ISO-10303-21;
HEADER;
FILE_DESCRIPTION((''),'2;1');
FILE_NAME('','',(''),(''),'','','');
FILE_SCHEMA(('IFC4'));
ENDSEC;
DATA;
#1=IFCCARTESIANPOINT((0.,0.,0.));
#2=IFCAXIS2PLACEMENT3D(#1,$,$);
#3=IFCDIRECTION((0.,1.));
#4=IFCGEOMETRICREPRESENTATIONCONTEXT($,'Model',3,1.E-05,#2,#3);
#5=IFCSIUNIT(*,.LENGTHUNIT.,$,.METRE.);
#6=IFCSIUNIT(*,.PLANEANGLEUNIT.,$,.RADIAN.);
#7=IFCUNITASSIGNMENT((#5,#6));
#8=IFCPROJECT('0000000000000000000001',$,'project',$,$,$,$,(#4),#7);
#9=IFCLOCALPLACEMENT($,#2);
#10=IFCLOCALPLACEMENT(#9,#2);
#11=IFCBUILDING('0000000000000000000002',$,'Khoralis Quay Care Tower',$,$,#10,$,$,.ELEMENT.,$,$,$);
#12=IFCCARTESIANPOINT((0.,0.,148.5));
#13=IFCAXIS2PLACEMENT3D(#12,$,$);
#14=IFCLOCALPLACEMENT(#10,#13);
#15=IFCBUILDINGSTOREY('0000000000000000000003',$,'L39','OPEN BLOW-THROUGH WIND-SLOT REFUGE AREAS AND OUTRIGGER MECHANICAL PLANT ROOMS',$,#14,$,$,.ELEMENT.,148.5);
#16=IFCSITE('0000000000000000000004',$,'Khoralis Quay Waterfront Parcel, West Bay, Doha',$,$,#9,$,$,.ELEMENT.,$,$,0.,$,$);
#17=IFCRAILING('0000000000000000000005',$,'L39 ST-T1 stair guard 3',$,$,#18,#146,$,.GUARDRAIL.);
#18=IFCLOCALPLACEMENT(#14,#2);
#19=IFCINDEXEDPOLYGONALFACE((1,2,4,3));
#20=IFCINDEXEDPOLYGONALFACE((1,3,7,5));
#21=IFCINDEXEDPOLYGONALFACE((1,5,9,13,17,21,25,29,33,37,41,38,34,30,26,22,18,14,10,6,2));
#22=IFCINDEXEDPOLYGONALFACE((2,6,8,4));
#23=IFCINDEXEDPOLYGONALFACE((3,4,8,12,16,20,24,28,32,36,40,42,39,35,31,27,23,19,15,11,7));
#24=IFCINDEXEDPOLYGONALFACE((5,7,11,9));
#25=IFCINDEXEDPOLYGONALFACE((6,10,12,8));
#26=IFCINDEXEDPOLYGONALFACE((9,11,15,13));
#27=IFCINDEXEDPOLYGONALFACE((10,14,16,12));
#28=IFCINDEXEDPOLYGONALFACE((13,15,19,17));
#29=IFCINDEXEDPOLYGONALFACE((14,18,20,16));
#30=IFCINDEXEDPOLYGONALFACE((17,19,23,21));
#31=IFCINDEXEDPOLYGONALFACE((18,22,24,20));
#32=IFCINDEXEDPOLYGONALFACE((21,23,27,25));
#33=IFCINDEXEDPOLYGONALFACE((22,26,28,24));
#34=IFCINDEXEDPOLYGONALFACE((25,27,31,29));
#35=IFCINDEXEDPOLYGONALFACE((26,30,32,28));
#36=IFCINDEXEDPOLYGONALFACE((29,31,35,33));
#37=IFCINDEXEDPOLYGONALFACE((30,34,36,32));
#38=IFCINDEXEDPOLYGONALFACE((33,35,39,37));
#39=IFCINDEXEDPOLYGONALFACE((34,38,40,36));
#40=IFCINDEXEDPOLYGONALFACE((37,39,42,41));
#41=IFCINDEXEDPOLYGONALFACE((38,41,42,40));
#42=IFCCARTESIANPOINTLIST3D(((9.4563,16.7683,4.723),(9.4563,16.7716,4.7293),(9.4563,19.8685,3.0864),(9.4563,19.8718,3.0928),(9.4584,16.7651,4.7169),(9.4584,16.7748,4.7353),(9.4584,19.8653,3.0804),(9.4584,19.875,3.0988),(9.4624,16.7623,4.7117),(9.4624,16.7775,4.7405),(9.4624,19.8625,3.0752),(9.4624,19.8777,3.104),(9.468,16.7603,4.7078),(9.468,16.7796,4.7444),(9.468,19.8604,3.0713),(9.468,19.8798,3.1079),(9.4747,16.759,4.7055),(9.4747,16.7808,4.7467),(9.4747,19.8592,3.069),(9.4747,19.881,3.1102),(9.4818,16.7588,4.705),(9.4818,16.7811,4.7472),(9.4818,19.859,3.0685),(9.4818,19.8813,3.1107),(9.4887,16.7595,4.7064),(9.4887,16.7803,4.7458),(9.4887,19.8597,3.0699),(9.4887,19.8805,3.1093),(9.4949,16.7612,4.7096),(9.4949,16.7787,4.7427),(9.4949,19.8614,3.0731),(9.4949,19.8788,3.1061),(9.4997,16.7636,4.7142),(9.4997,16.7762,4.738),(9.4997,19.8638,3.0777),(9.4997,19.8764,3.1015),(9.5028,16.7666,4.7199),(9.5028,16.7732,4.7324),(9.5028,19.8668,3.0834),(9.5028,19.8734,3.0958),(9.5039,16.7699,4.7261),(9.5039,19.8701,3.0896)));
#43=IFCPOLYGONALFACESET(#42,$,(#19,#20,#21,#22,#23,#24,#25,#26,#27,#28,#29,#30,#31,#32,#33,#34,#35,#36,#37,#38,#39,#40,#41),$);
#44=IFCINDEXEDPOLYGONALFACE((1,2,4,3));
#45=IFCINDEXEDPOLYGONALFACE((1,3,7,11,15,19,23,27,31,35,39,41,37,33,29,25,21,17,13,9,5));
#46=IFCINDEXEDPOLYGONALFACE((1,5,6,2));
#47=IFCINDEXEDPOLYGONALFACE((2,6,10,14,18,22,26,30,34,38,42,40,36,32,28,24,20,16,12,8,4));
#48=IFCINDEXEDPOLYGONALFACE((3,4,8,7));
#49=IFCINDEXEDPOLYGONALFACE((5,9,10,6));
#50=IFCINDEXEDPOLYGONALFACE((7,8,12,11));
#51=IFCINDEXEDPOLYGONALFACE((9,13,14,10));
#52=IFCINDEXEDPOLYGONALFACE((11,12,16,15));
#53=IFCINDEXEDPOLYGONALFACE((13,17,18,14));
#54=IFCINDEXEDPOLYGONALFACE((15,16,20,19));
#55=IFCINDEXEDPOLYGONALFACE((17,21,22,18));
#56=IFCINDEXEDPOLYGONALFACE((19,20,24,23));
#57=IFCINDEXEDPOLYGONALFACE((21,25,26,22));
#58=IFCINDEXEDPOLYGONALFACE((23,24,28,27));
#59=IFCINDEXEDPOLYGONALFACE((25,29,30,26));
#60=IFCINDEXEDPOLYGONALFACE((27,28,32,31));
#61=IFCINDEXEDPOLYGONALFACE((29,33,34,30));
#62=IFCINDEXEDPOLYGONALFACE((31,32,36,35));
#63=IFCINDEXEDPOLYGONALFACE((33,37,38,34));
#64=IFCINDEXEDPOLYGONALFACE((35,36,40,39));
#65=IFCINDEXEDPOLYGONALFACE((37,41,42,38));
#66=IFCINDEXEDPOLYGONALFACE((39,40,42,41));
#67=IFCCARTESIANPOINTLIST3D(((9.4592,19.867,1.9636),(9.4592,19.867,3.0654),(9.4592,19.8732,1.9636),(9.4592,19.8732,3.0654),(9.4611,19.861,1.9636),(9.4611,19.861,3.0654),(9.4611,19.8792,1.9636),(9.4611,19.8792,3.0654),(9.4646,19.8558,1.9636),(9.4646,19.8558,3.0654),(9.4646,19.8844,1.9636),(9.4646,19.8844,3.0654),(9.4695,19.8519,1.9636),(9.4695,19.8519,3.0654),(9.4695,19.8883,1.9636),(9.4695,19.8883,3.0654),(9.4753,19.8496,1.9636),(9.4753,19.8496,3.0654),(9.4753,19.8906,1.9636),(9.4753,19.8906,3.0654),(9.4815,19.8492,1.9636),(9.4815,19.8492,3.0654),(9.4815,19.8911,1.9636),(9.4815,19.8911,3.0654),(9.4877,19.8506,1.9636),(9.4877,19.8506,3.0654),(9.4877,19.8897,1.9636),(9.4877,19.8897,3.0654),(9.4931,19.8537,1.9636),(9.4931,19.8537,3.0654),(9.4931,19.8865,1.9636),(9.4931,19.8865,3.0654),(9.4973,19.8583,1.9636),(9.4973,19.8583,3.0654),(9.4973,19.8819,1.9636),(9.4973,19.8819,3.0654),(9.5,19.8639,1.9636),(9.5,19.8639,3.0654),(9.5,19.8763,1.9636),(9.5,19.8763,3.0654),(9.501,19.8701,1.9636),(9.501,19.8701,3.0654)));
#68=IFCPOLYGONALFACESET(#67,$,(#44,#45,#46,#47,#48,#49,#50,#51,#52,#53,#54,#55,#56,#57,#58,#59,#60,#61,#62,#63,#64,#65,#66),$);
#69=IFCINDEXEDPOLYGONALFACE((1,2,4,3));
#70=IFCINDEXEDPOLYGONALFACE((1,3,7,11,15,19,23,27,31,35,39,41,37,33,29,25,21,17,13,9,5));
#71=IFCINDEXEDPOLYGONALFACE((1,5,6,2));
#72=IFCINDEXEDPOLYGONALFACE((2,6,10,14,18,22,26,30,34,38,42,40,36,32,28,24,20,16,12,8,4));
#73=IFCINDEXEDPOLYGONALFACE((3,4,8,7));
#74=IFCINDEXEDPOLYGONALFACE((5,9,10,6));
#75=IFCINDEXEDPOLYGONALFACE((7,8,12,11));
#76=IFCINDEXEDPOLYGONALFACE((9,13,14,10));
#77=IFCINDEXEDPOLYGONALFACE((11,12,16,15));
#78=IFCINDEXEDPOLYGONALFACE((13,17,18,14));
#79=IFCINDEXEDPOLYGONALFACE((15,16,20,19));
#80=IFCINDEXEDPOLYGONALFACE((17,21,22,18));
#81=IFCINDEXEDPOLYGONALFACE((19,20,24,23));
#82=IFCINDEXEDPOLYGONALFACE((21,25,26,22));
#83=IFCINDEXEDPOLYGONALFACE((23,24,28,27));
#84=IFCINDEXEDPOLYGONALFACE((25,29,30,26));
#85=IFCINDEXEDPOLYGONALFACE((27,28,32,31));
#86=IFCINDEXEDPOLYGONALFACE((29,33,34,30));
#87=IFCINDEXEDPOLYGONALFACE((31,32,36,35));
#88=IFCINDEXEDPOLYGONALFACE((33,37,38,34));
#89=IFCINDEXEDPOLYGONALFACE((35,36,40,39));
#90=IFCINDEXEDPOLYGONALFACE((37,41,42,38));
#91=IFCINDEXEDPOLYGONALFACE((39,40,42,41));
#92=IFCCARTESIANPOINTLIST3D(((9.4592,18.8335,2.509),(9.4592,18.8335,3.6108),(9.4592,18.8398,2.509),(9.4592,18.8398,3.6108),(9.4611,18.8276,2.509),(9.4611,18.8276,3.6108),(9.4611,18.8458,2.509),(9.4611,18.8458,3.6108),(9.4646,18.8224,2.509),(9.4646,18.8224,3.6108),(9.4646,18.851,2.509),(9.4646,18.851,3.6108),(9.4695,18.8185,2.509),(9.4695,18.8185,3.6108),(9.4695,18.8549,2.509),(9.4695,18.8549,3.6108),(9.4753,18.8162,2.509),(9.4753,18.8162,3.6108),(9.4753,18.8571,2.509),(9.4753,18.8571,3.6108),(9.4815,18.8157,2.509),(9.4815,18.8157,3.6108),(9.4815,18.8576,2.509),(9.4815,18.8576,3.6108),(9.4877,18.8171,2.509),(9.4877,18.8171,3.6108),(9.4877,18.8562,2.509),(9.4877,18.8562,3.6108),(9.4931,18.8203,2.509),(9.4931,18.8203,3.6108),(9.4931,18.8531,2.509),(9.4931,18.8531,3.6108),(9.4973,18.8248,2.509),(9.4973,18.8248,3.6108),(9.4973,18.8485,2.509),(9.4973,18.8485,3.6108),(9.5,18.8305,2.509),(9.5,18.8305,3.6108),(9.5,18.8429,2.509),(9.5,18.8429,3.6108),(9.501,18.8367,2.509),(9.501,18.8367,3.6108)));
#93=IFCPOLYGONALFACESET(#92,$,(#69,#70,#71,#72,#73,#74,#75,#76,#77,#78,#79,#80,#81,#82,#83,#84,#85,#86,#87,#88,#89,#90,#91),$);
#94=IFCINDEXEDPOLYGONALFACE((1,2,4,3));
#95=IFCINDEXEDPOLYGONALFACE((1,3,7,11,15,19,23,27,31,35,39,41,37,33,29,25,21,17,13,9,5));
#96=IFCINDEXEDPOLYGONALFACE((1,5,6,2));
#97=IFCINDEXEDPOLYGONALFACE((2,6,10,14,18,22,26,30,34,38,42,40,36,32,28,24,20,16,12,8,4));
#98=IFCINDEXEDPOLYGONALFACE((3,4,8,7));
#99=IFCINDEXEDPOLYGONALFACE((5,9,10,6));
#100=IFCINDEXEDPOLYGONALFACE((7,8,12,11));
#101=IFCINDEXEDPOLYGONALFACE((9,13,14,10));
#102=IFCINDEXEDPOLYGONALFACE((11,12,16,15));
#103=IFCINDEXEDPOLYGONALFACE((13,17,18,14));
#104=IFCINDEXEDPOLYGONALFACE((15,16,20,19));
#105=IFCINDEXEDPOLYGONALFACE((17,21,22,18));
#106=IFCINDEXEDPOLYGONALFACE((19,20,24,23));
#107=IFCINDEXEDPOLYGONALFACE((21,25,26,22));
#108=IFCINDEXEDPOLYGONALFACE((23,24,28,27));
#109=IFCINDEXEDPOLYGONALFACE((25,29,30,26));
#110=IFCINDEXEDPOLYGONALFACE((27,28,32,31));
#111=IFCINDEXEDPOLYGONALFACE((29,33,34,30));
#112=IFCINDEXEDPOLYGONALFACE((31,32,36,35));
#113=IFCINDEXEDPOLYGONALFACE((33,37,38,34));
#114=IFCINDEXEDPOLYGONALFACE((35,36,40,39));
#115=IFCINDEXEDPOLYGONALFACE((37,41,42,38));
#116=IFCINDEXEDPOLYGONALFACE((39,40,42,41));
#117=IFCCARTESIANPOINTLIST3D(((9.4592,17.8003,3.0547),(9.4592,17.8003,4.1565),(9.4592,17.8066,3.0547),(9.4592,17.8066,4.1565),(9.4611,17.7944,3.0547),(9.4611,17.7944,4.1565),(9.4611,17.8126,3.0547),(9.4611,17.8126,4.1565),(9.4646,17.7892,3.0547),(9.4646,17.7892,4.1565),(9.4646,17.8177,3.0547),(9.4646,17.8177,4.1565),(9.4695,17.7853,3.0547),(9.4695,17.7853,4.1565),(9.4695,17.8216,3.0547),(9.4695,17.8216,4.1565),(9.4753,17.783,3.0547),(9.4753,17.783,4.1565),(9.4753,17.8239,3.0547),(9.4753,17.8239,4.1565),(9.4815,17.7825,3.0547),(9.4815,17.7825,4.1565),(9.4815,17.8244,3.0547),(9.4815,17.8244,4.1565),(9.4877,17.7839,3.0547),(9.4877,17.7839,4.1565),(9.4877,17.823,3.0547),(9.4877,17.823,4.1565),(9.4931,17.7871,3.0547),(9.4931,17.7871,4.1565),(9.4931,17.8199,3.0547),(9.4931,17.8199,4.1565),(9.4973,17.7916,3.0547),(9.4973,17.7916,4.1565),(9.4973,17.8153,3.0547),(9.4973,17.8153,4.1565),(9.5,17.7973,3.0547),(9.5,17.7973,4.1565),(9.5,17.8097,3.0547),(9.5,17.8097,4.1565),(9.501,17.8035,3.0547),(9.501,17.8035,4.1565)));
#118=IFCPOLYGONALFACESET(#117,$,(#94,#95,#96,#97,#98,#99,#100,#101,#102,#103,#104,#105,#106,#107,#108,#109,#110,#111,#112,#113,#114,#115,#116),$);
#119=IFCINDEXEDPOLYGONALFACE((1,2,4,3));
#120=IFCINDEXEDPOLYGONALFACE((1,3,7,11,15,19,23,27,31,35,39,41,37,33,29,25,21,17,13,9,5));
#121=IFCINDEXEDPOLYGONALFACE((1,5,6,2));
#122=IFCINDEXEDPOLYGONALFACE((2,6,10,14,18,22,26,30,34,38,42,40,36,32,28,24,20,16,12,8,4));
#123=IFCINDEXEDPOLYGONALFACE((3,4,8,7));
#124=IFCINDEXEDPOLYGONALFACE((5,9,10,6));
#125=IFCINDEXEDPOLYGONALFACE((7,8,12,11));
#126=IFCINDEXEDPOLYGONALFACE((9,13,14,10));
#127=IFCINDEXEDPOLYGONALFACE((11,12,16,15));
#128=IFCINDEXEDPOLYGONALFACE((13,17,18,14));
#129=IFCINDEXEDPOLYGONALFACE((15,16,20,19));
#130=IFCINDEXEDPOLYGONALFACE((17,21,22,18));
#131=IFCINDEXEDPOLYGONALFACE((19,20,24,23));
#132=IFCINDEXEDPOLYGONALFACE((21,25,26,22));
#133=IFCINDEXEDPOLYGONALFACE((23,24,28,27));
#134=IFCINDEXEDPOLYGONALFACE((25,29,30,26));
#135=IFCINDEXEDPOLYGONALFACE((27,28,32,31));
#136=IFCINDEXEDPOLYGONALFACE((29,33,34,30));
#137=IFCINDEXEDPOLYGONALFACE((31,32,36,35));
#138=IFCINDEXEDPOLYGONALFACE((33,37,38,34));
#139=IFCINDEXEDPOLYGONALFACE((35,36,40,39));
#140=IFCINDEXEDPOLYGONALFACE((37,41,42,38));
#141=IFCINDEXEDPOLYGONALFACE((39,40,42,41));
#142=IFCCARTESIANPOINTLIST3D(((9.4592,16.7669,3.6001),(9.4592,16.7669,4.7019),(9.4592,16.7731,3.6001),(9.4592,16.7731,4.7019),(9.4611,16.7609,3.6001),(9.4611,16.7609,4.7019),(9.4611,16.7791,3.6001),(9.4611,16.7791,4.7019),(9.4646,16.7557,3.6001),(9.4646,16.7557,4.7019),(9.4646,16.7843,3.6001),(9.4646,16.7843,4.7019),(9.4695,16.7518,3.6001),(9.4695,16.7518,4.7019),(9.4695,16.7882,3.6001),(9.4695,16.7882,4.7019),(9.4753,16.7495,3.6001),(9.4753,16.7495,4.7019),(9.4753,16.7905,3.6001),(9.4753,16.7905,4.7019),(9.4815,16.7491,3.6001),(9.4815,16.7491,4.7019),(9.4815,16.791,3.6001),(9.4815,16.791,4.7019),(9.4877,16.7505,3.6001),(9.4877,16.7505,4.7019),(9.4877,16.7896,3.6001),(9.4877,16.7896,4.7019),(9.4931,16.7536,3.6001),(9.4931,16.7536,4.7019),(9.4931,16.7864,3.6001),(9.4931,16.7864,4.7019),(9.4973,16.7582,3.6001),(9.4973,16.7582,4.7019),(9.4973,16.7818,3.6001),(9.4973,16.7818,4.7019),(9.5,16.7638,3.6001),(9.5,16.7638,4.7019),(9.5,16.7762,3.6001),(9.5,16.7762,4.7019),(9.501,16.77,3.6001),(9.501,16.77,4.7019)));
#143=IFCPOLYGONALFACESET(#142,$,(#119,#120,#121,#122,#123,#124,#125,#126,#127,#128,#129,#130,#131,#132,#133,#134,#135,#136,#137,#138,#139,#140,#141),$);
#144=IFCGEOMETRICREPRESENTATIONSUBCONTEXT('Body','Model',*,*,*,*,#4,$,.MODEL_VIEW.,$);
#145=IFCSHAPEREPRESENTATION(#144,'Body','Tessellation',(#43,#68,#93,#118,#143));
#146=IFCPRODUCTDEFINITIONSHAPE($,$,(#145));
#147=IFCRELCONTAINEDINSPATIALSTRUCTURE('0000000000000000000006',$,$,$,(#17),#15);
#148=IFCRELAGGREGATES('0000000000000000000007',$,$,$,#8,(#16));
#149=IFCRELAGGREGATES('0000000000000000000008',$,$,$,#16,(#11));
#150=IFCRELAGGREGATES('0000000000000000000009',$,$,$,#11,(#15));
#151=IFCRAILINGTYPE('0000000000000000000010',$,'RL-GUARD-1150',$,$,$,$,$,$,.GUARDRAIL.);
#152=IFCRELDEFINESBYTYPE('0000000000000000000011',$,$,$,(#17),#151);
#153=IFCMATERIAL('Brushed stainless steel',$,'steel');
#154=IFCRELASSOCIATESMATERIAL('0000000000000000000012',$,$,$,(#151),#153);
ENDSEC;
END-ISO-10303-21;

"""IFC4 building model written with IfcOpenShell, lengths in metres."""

from ifc_helpers import new_model, si_unit, direction, frame, origin, origin_2d, place, context, subcontext, project, spatial, circle, extrude, material, type_object, element, save


model = new_model("IFC4")

# Units and contexts
model_context = context("Model", 3, precision=1e-05, world=origin(), true_north=direction((0.0, 1.0)))
body_context = subcontext(model_context, "Body", "Model", "MODEL_VIEW")
ifc_project = project(units=[si_unit("LENGTHUNIT", "METRE"), si_unit("PLANEANGLEUNIT", "RADIAN")], contexts=[model_context])

# Site, building, storey
site_placement = place(None, origin())
site = spatial("IfcSite", under=ifc_project, at=site_placement, Name="Khoralis Quay Waterfront Parcel, West Bay, Doha", CompositionType="ELEMENT", RefElevation=0.0)
building_placement = place(site_placement, origin())
building = spatial("IfcBuilding", under=site, at=building_placement, Name="Khoralis Quay Care Tower", CompositionType="ELEMENT")
storey_placement = place(building_placement, frame((0.0, 0.0, 148.5)))
storey = spatial("IfcBuildingStorey", under=building, at=storey_placement, Name="L39", Description="OPEN BLOW-THROUGH WIND-SLOT REFUGE AREAS AND OUTRIGGER MECHANICAL PLANT ROOMS", CompositionType="ELEMENT", Elevation=148.5)

# Railing
ifc_material_1 = material(Name="Brushed stainless steel", Category="steel")
railing_type_1 = type_object("IfcRailingType", Name="RL-GUARD-1150", PredefinedType="GUARDRAIL", material=ifc_material_1)
railing_1_placement = place(storey_placement, frame((9.48, 19.8701, 1.9636)))
element("IfcRailing", 1, at=railing_1_placement, inside=storey, type_object=railing_type_1, Name="L39 ST-T1 stair guard 3", PredefinedType="GUARDRAIL", context=body_context, shape_type="SweptSolid", body=[
    extrude(circle(Radius=0.0239, at=origin_2d()), frame((0.0, 0.0, 1.126), z_axis=(0.0, -0.884348, 0.466828), x_axis=(1.0, 0.0, 0.0)), (0.0, 0.0, 1.0), 3.5056),
    extrude(circle(Radius=0.021, at=origin_2d()), origin(), (0.0, 0.0, 1.0), 1.1018),
    extrude(circle(Radius=0.021, at=origin_2d()), frame((0.0, -1.0334, 0.5454)), (0.0, 0.0, 1.0), 1.1018),
    extrude(circle(Radius=0.021, at=origin_2d()), frame((0.0, -2.0667, 1.0911)), (0.0, 0.0, 1.0), 1.1018),
    extrude(circle(Radius=0.021, at=origin_2d()), frame((0.0, -3.1001, 1.6365)), (0.0, 0.0, 1.0), 1.1018),
])

save(model, "model.ifc")
